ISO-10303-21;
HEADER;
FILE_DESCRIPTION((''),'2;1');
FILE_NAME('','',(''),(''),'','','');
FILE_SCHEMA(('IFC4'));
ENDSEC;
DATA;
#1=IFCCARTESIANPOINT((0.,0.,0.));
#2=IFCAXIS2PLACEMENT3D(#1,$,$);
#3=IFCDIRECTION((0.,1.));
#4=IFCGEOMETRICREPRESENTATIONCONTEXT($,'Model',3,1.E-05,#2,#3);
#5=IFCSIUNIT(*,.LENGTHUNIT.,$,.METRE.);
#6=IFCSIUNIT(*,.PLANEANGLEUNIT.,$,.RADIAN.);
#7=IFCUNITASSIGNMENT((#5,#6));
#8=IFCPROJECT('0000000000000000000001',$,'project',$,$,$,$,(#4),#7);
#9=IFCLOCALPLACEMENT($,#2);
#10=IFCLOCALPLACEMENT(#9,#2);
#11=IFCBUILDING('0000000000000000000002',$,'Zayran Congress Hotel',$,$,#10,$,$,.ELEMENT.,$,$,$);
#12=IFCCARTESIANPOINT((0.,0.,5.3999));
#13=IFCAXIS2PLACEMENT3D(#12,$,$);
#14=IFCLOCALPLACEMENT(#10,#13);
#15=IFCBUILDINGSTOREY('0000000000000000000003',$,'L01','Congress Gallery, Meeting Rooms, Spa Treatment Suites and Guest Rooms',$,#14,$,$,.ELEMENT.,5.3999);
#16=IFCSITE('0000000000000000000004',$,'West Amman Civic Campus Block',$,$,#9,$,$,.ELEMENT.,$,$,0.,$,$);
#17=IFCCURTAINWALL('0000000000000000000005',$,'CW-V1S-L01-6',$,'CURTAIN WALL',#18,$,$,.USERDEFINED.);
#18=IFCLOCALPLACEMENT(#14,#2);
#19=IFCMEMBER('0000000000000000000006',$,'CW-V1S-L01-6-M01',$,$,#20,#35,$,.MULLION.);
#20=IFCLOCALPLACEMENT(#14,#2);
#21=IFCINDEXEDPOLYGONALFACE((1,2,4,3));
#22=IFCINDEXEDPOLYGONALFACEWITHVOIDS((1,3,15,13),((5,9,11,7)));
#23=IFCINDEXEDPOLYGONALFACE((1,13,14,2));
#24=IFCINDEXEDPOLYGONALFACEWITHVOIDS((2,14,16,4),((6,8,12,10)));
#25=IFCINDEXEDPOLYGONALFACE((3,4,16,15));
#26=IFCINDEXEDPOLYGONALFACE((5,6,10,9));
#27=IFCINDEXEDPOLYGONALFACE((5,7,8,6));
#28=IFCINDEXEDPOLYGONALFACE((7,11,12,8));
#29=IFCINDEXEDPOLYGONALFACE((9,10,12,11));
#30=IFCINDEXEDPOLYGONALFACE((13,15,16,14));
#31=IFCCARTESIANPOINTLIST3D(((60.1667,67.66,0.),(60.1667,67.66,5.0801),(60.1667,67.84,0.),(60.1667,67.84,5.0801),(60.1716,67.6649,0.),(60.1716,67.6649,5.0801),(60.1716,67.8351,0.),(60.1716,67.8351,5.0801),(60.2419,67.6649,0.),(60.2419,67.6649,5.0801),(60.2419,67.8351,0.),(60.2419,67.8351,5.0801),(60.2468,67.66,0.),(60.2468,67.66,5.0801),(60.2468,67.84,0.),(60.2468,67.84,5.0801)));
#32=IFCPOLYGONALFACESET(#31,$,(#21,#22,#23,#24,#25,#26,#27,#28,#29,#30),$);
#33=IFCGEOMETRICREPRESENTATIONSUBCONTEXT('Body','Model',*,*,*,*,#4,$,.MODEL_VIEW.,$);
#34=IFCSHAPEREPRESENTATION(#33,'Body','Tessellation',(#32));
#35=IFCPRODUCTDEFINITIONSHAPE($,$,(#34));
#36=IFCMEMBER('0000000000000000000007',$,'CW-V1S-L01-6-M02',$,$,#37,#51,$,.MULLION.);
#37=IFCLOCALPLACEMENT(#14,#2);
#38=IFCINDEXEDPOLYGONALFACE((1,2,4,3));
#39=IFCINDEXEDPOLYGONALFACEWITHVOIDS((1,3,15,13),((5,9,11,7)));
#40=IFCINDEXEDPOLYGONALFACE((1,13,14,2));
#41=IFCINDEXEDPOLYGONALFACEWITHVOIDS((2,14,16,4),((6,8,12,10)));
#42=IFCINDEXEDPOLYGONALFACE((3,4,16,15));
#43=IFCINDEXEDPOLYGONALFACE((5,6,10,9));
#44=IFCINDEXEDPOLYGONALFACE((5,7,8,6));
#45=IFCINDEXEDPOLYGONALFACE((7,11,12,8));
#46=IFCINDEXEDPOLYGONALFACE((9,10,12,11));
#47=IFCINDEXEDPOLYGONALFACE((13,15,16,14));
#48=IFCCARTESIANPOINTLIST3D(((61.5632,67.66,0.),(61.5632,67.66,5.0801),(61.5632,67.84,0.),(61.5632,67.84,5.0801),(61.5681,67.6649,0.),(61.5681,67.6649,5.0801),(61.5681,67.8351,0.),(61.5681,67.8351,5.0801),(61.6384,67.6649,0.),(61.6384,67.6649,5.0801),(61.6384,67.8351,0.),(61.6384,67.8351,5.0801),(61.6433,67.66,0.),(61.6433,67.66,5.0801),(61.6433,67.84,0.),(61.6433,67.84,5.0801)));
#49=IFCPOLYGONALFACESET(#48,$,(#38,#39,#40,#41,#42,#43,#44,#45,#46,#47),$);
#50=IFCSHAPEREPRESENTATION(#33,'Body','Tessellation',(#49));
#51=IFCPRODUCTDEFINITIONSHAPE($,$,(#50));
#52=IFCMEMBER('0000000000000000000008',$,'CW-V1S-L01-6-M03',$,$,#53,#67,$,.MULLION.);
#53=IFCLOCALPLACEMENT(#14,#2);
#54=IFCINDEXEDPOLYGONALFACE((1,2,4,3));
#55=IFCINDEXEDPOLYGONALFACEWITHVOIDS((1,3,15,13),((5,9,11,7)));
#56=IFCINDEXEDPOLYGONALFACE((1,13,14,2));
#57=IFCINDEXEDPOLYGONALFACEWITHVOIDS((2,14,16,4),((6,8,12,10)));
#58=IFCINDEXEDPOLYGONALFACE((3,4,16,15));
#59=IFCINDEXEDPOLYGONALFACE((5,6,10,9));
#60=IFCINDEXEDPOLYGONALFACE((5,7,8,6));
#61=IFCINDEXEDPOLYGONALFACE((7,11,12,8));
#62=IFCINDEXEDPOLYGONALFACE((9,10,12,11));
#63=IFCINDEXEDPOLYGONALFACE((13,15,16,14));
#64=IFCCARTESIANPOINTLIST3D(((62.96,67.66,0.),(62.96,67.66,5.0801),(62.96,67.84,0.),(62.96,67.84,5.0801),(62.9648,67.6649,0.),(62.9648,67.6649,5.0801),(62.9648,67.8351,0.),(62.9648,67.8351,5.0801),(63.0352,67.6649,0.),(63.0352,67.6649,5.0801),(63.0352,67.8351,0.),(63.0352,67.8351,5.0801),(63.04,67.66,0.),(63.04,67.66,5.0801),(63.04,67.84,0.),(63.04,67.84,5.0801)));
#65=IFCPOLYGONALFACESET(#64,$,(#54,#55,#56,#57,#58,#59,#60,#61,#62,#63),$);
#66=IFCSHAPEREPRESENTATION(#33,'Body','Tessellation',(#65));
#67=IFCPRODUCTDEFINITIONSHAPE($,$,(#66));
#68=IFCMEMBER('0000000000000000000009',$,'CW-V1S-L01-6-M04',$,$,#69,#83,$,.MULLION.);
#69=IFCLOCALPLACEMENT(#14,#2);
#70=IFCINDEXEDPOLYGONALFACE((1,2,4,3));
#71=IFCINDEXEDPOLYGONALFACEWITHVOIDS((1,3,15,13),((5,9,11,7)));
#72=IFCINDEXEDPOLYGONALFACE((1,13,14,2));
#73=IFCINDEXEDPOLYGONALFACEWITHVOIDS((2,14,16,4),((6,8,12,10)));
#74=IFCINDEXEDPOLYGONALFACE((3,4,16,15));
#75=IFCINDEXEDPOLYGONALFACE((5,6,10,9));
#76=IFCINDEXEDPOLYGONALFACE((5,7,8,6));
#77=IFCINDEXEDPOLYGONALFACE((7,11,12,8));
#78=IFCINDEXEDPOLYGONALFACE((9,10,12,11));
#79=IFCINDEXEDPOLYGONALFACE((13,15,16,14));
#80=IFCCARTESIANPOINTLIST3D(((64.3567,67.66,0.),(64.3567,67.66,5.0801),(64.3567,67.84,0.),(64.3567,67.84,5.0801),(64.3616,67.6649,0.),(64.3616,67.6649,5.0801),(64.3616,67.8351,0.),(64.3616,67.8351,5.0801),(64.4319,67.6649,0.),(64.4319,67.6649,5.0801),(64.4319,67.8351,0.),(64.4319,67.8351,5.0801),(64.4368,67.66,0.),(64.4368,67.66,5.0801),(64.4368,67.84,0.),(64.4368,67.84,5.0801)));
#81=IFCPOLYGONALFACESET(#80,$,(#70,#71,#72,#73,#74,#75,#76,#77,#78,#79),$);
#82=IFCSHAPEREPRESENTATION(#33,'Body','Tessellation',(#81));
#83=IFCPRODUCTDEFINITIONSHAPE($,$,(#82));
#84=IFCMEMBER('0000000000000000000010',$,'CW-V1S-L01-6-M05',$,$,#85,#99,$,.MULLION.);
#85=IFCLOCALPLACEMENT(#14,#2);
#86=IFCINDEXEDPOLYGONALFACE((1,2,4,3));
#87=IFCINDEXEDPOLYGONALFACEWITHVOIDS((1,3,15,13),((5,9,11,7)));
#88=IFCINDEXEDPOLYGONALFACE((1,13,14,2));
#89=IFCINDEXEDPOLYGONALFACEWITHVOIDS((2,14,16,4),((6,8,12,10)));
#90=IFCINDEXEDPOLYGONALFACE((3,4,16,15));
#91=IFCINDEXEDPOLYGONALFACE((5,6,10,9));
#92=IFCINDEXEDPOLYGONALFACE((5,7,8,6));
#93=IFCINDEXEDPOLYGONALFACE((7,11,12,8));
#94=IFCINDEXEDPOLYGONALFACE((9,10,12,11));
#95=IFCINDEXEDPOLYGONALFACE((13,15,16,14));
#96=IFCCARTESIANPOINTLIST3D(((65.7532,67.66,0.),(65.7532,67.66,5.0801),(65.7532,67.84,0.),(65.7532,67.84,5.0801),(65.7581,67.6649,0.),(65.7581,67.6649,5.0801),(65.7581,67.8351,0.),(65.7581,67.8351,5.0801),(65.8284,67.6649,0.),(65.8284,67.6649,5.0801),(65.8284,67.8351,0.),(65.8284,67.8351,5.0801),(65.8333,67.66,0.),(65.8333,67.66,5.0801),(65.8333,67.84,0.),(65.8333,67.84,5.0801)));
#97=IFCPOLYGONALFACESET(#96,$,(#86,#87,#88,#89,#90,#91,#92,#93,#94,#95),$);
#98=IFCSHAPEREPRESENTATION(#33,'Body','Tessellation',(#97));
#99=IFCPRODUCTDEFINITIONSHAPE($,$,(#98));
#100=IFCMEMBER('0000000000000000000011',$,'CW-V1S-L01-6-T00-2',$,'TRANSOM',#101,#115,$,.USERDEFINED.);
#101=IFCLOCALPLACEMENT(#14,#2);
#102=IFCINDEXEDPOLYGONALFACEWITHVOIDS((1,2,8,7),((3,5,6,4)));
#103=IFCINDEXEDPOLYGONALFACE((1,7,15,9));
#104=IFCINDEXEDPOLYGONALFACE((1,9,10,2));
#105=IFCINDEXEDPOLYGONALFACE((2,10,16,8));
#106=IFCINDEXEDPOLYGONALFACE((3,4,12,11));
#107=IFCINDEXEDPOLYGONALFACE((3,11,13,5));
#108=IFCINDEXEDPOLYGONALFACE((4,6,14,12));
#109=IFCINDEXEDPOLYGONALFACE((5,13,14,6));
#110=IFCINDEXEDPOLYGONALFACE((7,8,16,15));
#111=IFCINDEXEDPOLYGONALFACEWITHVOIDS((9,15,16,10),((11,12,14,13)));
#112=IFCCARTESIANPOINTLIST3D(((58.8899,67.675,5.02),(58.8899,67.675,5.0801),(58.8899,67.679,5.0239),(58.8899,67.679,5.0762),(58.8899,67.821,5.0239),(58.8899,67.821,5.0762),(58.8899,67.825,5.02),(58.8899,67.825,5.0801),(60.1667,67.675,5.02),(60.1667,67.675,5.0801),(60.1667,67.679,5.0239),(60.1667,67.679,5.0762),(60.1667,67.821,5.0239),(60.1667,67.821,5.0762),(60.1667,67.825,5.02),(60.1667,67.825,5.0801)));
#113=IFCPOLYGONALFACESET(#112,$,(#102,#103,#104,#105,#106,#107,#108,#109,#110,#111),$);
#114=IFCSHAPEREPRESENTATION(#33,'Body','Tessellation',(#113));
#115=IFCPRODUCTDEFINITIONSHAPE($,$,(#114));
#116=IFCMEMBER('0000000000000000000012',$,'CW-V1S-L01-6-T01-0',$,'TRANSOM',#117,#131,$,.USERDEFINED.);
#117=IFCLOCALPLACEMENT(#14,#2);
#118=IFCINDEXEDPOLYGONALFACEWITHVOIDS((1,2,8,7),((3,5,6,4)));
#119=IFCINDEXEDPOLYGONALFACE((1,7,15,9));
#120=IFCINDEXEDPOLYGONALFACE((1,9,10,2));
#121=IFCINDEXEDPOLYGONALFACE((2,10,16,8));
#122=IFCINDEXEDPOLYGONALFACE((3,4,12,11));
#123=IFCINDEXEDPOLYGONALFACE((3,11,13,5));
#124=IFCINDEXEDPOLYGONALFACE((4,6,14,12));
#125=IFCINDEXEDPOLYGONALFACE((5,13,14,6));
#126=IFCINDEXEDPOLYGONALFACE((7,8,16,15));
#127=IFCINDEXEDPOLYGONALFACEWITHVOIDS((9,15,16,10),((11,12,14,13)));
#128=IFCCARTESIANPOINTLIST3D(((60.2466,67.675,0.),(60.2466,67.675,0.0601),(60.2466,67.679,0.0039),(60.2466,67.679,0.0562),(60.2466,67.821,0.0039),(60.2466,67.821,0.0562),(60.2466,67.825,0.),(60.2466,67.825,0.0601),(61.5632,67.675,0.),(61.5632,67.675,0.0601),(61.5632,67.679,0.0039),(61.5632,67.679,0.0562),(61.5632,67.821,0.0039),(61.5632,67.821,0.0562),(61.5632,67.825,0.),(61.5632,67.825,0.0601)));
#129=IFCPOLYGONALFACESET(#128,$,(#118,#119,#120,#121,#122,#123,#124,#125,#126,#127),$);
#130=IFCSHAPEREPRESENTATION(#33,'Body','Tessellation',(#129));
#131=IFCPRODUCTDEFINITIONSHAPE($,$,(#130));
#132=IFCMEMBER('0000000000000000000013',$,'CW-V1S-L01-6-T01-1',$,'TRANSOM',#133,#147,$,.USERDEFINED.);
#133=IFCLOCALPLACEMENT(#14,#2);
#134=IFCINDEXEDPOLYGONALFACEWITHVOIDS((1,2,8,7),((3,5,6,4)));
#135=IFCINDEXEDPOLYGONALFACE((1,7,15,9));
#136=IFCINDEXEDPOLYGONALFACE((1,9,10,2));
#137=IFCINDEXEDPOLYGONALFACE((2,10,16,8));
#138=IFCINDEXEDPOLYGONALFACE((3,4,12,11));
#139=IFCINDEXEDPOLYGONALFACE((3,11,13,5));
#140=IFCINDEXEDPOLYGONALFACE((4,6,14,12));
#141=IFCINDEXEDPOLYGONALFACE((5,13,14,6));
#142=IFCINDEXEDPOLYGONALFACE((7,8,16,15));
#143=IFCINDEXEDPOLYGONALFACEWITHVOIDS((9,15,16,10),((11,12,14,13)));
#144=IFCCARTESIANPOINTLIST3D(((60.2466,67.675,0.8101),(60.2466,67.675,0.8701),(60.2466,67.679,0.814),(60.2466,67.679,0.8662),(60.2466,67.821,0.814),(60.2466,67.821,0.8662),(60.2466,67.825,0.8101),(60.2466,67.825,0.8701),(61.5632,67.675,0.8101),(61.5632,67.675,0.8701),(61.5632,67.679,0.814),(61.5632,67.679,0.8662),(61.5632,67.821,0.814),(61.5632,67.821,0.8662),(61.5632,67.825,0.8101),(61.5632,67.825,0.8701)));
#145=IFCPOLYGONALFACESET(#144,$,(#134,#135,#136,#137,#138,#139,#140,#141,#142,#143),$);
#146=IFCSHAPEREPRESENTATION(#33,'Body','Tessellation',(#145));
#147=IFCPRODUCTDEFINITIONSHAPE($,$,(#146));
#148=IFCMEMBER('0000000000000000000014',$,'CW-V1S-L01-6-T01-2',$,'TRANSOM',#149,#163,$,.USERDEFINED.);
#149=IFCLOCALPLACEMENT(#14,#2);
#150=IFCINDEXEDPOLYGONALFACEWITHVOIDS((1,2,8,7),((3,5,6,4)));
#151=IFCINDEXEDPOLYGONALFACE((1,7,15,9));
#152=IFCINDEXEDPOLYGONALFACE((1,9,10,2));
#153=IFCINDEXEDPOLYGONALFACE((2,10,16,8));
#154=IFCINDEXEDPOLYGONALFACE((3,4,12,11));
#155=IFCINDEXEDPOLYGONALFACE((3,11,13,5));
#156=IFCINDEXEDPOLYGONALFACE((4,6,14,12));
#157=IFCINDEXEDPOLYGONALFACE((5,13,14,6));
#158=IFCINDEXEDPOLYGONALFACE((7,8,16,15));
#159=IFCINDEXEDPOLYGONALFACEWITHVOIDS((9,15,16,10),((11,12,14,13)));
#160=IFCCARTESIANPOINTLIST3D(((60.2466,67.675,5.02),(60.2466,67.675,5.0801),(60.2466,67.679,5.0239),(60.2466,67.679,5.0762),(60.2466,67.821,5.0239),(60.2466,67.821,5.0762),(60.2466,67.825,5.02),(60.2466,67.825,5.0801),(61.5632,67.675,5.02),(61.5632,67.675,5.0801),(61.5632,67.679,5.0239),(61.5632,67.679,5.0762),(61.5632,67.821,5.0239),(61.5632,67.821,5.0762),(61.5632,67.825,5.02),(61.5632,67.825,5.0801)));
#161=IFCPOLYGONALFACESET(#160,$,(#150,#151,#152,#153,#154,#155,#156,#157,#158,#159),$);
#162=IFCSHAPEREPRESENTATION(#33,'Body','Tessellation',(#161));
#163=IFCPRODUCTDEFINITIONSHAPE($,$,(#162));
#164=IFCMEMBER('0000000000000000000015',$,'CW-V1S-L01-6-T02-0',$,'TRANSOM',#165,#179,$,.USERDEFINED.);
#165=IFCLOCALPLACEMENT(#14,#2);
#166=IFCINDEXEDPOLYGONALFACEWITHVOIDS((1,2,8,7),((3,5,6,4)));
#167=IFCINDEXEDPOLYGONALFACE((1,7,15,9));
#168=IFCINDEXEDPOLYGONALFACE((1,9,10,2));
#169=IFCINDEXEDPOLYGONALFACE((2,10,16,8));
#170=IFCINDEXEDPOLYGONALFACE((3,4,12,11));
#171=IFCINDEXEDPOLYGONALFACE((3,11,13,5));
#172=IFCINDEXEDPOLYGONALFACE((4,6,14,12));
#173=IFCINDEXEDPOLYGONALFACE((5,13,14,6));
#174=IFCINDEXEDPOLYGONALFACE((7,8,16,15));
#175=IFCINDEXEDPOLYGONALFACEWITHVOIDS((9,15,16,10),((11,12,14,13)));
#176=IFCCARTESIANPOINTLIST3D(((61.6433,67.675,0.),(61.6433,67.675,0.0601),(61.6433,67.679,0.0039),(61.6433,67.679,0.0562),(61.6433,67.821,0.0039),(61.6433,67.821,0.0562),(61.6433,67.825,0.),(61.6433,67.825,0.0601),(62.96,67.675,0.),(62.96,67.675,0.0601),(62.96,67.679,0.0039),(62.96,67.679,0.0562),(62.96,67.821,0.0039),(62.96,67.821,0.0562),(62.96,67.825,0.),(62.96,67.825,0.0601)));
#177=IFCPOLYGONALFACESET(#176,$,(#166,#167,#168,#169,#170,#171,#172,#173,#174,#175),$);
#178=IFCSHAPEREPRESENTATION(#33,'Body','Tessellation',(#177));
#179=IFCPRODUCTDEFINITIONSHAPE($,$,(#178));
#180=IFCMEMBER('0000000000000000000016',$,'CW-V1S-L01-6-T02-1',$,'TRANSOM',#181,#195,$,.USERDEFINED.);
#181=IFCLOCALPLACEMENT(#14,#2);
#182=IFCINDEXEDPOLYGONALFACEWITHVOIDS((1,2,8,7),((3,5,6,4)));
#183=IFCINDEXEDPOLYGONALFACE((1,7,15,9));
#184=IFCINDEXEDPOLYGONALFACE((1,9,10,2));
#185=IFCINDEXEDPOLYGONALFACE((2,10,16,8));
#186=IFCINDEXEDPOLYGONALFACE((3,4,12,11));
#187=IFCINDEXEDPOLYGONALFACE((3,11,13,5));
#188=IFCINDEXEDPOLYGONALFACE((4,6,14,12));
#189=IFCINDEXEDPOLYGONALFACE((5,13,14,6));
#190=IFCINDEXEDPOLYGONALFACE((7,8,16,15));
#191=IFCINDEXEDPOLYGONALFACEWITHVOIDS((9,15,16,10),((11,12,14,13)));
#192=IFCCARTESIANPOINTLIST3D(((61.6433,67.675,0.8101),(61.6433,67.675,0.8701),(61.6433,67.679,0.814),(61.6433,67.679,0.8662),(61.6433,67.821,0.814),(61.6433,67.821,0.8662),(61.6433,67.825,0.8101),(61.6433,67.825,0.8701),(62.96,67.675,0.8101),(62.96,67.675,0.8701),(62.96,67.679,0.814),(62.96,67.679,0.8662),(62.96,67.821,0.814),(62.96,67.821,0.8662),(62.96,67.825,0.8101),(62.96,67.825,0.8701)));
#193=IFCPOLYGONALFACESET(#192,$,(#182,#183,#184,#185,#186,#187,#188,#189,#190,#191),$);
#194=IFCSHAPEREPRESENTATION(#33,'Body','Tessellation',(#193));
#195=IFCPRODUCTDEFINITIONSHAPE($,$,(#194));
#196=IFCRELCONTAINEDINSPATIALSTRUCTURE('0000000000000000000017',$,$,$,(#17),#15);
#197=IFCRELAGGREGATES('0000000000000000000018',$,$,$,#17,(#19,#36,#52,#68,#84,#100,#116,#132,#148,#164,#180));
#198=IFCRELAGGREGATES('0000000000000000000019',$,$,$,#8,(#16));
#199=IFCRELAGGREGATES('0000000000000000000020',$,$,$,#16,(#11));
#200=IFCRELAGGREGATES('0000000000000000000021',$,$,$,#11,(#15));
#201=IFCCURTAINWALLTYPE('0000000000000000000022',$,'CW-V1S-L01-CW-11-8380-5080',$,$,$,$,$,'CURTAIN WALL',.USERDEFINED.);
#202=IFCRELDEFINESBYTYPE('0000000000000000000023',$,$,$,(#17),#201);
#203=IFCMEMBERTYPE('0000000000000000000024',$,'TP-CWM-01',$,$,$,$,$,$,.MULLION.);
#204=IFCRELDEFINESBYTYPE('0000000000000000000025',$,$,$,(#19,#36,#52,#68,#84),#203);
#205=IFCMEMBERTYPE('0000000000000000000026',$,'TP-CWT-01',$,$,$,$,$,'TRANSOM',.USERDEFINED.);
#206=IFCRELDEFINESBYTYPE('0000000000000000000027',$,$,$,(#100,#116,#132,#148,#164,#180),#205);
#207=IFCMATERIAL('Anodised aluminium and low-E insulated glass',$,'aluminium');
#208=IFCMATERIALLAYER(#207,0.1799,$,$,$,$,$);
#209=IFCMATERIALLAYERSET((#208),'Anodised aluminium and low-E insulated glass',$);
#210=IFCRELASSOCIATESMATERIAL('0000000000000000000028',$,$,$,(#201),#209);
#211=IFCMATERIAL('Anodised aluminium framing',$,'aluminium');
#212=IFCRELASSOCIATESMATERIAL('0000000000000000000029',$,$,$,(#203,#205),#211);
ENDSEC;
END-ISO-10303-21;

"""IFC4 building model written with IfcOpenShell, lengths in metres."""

from ifc_helpers import new_model, si_unit, direction, frame, origin, origin_2d, place, context, subcontext, project, spatial, hollow_rectangle, extrude, material, layer, layer_set, material_profile, profile_set, type_object, element, aggregate, save


model = new_model("IFC4")

# Units and contexts
model_context = context("Model", 3, precision=1e-05, world=origin(), true_north=direction((0.0, 1.0)))
body_context = subcontext(model_context, "Body", "Model", "MODEL_VIEW")
ifc_project = project(units=[si_unit("LENGTHUNIT", "METRE"), si_unit("PLANEANGLEUNIT", "RADIAN")], contexts=[model_context])

# Site, building, storey
site_placement = place(None, origin())
site = spatial("IfcSite", under=ifc_project, at=site_placement, Name="West Amman Civic Campus Block", CompositionType="ELEMENT", RefElevation=0.0)
building_placement = place(site_placement, origin())
building = spatial("IfcBuilding", under=site, at=building_placement, Name="Zayran Congress Hotel", CompositionType="ELEMENT")
storey_placement = place(building_placement, frame((0.0, 0.0, 5.3999)))
storey = spatial("IfcBuildingStorey", under=building, at=storey_placement, Name="L01", Description="Congress Gallery, Meeting Rooms, Spa Treatment Suites and Guest Rooms", CompositionType="ELEMENT", Elevation=5.3999)

# Curtain wall, members
ifc_material_1 = material(Name="Anodised aluminium and low-E insulated glass", Category="aluminium")
ifc_layer_1 = layer(ifc_material_1, 0.1799)
ifc_layer_set_1 = layer_set([ifc_layer_1], Name="Anodised aluminium and low-E insulated glass")
curtain_wall_type = type_object("IfcCurtainWallType", Name="CW-V1S-L01-CW-11-8380-5080", ElementType="CURTAIN WALL", PredefinedType="USERDEFINED", material=ifc_layer_set_1)
curtain_wall_placement = place(storey_placement, origin())
curtain_wall = element("IfcCurtainWall", 1, at=curtain_wall_placement, inside=storey, type_object=curtain_wall_type, Name="CW-V1S-L01-6", ObjectType="CURTAIN WALL", PredefinedType="USERDEFINED")
ifc_material_2 = material(Name="Anodised aluminium framing", Category="aluminium")
ifc_material_profile_1 = material_profile(ifc_material_2, hollow_rectangle(XDim=0.0801, YDim=0.1799, WallThickness=0.0049, at=origin_2d()), Name="RHS 180x80x5")
ifc_profile_set_1 = profile_set([ifc_material_profile_1], Name="Anodised aluminium framing")
member_type_1 = type_object("IfcMemberType", Name="TP-CWM-01", PredefinedType="MULLION", material=ifc_profile_set_1)
member_1_placement = place(storey_placement, frame((60.2068, 67.75, 0.0), z_axis=(0.0, 0.0, 1.0), x_axis=(1.0, 0.0, 0.0)))
member_1 = element("IfcMember", 2, at=member_1_placement, type_object=member_type_1, Name="CW-V1S-L01-6-M01", PredefinedType="MULLION", context=body_context, shape_type="SweptSolid", body=[
    extrude(hollow_rectangle(XDim=0.0801, YDim=0.1799, WallThickness=0.0049, at=origin_2d()), origin(), (0.0, 0.0, 1.0), 5.0801),
])
member_2_placement = place(storey_placement, frame((61.6033, 67.75, 0.0), z_axis=(0.0, 0.0, 1.0), x_axis=(1.0, 0.0, 0.0)))
member_2 = element("IfcMember", 3, at=member_2_placement, type_object=member_type_1, Name="CW-V1S-L01-6-M02", PredefinedType="MULLION", context=body_context, shape_type="SweptSolid", body=[
    extrude(hollow_rectangle(XDim=0.0801, YDim=0.1799, WallThickness=0.0049, at=origin_2d()), origin(), (0.0, 0.0, 1.0), 5.0801),
])
member_3_placement = place(storey_placement, frame((63.0, 67.75, 0.0), z_axis=(0.0, 0.0, 1.0), x_axis=(1.0, 0.0, 0.0)))
member_3 = element("IfcMember", 4, at=member_3_placement, type_object=member_type_1, Name="CW-V1S-L01-6-M03", PredefinedType="MULLION", context=body_context, shape_type="SweptSolid", body=[
    extrude(hollow_rectangle(XDim=0.0801, YDim=0.1799, WallThickness=0.0049, at=origin_2d()), origin(), (0.0, 0.0, 1.0), 5.0801),
])
member_4_placement = place(storey_placement, frame((64.3967, 67.75, 0.0), z_axis=(0.0, 0.0, 1.0), x_axis=(1.0, 0.0, 0.0)))
member_4 = element("IfcMember", 5, at=member_4_placement, type_object=member_type_1, Name="CW-V1S-L01-6-M04", PredefinedType="MULLION", context=body_context, shape_type="SweptSolid", body=[
    extrude(hollow_rectangle(XDim=0.0801, YDim=0.1799, WallThickness=0.0049, at=origin_2d()), origin(), (0.0, 0.0, 1.0), 5.0801),
])
member_5_placement = place(storey_placement, frame((65.7932, 67.75, 0.0), z_axis=(0.0, 0.0, 1.0), x_axis=(1.0, 0.0, 0.0)))
member_5 = element("IfcMember", 6, at=member_5_placement, type_object=member_type_1, Name="CW-V1S-L01-6-M05", PredefinedType="MULLION", context=body_context, shape_type="SweptSolid", body=[
    extrude(hollow_rectangle(XDim=0.0801, YDim=0.1799, WallThickness=0.0049, at=origin_2d()), origin(), (0.0, 0.0, 1.0), 5.0801),
])
ifc_material_profile_2 = material_profile(ifc_material_2, hollow_rectangle(XDim=0.0601, YDim=0.1499, WallThickness=0.0039, at=origin_2d()), Name="RHS 150x60x4")
ifc_profile_set_2 = profile_set([ifc_material_profile_2], Name="Anodised aluminium framing")
member_type_2 = type_object("IfcMemberType", Name="TP-CWT-01", ElementType="TRANSOM", PredefinedType="USERDEFINED", material=ifc_profile_set_2)
member_6_placement = place(storey_placement, frame((58.8899, 67.75, 5.05), z_axis=(1.0, 0.0, 0.0), x_axis=(0.0, 0.0, 1.0)))
member_6 = element("IfcMember", 7, at=member_6_placement, type_object=member_type_2, Name="CW-V1S-L01-6-T00-2", ObjectType="TRANSOM", PredefinedType="USERDEFINED", context=body_context, shape_type="SweptSolid", body=[
    extrude(hollow_rectangle(XDim=0.0601, YDim=0.1499, WallThickness=0.0039, at=origin_2d()), origin(), (0.0, 0.0, 1.0), 1.2769),
])
member_7_placement = place(storey_placement, frame((60.2466, 67.75, 0.03), z_axis=(1.0, 0.0, 0.0), x_axis=(0.0, 0.0, 1.0)))
member_7 = element("IfcMember", 8, at=member_7_placement, type_object=member_type_2, Name="CW-V1S-L01-6-T01-0", ObjectType="TRANSOM", PredefinedType="USERDEFINED", context=body_context, shape_type="SweptSolid", body=[
    extrude(hollow_rectangle(XDim=0.0601, YDim=0.1499, WallThickness=0.0039, at=origin_2d()), origin(), (0.0, 0.0, 1.0), 1.3167),
])
member_8_placement = place(storey_placement, frame((60.2466, 67.75, 0.8401), z_axis=(1.0, 0.0, 0.0), x_axis=(0.0, 0.0, 1.0)))
member_8 = element("IfcMember", 9, at=member_8_placement, type_object=member_type_2, Name="CW-V1S-L01-6-T01-1", ObjectType="TRANSOM", PredefinedType="USERDEFINED", context=body_context, shape_type="SweptSolid", body=[
    extrude(hollow_rectangle(XDim=0.0601, YDim=0.1499, WallThickness=0.0039, at=origin_2d()), origin(), (0.0, 0.0, 1.0), 1.3167),
])
member_9_placement = place(storey_placement, frame((60.2466, 67.75, 5.05), z_axis=(1.0, 0.0, 0.0), x_axis=(0.0, 0.0, 1.0)))
member_9 = element("IfcMember", 10, at=member_9_placement, type_object=member_type_2, Name="CW-V1S-L01-6-T01-2", ObjectType="TRANSOM", PredefinedType="USERDEFINED", context=body_context, shape_type="SweptSolid", body=[
    extrude(hollow_rectangle(XDim=0.0601, YDim=0.1499, WallThickness=0.0039, at=origin_2d()), origin(), (0.0, 0.0, 1.0), 1.3167),
])
member_10_placement = place(storey_placement, frame((61.6433, 67.75, 0.03), z_axis=(1.0, 0.0, 0.0), x_axis=(0.0, 0.0, 1.0)))
member_10 = element("IfcMember", 11, at=member_10_placement, type_object=member_type_2, Name="CW-V1S-L01-6-T02-0", ObjectType="TRANSOM", PredefinedType="USERDEFINED", context=body_context, shape_type="SweptSolid", body=[
    extrude(hollow_rectangle(XDim=0.0601, YDim=0.1499, WallThickness=0.0039, at=origin_2d()), origin(), (0.0, 0.0, 1.0), 1.3167),
])
member_11_placement = place(storey_placement, frame((61.6433, 67.75, 0.8401), z_axis=(1.0, 0.0, 0.0), x_axis=(0.0, 0.0, 1.0)))
member_11 = element("IfcMember", 12, at=member_11_placement, type_object=member_type_2, Name="CW-V1S-L01-6-T02-1", ObjectType="TRANSOM", PredefinedType="USERDEFINED", context=body_context, shape_type="SweptSolid", body=[
    extrude(hollow_rectangle(XDim=0.0601, YDim=0.1499, WallThickness=0.0039, at=origin_2d()), origin(), (0.0, 0.0, 1.0), 1.3167),
])
aggregate(curtain_wall, [member_1, member_2, member_3, member_4, member_5, member_6, member_7, member_8, member_9, member_10, member_11])

save(model, "model.ifc")
